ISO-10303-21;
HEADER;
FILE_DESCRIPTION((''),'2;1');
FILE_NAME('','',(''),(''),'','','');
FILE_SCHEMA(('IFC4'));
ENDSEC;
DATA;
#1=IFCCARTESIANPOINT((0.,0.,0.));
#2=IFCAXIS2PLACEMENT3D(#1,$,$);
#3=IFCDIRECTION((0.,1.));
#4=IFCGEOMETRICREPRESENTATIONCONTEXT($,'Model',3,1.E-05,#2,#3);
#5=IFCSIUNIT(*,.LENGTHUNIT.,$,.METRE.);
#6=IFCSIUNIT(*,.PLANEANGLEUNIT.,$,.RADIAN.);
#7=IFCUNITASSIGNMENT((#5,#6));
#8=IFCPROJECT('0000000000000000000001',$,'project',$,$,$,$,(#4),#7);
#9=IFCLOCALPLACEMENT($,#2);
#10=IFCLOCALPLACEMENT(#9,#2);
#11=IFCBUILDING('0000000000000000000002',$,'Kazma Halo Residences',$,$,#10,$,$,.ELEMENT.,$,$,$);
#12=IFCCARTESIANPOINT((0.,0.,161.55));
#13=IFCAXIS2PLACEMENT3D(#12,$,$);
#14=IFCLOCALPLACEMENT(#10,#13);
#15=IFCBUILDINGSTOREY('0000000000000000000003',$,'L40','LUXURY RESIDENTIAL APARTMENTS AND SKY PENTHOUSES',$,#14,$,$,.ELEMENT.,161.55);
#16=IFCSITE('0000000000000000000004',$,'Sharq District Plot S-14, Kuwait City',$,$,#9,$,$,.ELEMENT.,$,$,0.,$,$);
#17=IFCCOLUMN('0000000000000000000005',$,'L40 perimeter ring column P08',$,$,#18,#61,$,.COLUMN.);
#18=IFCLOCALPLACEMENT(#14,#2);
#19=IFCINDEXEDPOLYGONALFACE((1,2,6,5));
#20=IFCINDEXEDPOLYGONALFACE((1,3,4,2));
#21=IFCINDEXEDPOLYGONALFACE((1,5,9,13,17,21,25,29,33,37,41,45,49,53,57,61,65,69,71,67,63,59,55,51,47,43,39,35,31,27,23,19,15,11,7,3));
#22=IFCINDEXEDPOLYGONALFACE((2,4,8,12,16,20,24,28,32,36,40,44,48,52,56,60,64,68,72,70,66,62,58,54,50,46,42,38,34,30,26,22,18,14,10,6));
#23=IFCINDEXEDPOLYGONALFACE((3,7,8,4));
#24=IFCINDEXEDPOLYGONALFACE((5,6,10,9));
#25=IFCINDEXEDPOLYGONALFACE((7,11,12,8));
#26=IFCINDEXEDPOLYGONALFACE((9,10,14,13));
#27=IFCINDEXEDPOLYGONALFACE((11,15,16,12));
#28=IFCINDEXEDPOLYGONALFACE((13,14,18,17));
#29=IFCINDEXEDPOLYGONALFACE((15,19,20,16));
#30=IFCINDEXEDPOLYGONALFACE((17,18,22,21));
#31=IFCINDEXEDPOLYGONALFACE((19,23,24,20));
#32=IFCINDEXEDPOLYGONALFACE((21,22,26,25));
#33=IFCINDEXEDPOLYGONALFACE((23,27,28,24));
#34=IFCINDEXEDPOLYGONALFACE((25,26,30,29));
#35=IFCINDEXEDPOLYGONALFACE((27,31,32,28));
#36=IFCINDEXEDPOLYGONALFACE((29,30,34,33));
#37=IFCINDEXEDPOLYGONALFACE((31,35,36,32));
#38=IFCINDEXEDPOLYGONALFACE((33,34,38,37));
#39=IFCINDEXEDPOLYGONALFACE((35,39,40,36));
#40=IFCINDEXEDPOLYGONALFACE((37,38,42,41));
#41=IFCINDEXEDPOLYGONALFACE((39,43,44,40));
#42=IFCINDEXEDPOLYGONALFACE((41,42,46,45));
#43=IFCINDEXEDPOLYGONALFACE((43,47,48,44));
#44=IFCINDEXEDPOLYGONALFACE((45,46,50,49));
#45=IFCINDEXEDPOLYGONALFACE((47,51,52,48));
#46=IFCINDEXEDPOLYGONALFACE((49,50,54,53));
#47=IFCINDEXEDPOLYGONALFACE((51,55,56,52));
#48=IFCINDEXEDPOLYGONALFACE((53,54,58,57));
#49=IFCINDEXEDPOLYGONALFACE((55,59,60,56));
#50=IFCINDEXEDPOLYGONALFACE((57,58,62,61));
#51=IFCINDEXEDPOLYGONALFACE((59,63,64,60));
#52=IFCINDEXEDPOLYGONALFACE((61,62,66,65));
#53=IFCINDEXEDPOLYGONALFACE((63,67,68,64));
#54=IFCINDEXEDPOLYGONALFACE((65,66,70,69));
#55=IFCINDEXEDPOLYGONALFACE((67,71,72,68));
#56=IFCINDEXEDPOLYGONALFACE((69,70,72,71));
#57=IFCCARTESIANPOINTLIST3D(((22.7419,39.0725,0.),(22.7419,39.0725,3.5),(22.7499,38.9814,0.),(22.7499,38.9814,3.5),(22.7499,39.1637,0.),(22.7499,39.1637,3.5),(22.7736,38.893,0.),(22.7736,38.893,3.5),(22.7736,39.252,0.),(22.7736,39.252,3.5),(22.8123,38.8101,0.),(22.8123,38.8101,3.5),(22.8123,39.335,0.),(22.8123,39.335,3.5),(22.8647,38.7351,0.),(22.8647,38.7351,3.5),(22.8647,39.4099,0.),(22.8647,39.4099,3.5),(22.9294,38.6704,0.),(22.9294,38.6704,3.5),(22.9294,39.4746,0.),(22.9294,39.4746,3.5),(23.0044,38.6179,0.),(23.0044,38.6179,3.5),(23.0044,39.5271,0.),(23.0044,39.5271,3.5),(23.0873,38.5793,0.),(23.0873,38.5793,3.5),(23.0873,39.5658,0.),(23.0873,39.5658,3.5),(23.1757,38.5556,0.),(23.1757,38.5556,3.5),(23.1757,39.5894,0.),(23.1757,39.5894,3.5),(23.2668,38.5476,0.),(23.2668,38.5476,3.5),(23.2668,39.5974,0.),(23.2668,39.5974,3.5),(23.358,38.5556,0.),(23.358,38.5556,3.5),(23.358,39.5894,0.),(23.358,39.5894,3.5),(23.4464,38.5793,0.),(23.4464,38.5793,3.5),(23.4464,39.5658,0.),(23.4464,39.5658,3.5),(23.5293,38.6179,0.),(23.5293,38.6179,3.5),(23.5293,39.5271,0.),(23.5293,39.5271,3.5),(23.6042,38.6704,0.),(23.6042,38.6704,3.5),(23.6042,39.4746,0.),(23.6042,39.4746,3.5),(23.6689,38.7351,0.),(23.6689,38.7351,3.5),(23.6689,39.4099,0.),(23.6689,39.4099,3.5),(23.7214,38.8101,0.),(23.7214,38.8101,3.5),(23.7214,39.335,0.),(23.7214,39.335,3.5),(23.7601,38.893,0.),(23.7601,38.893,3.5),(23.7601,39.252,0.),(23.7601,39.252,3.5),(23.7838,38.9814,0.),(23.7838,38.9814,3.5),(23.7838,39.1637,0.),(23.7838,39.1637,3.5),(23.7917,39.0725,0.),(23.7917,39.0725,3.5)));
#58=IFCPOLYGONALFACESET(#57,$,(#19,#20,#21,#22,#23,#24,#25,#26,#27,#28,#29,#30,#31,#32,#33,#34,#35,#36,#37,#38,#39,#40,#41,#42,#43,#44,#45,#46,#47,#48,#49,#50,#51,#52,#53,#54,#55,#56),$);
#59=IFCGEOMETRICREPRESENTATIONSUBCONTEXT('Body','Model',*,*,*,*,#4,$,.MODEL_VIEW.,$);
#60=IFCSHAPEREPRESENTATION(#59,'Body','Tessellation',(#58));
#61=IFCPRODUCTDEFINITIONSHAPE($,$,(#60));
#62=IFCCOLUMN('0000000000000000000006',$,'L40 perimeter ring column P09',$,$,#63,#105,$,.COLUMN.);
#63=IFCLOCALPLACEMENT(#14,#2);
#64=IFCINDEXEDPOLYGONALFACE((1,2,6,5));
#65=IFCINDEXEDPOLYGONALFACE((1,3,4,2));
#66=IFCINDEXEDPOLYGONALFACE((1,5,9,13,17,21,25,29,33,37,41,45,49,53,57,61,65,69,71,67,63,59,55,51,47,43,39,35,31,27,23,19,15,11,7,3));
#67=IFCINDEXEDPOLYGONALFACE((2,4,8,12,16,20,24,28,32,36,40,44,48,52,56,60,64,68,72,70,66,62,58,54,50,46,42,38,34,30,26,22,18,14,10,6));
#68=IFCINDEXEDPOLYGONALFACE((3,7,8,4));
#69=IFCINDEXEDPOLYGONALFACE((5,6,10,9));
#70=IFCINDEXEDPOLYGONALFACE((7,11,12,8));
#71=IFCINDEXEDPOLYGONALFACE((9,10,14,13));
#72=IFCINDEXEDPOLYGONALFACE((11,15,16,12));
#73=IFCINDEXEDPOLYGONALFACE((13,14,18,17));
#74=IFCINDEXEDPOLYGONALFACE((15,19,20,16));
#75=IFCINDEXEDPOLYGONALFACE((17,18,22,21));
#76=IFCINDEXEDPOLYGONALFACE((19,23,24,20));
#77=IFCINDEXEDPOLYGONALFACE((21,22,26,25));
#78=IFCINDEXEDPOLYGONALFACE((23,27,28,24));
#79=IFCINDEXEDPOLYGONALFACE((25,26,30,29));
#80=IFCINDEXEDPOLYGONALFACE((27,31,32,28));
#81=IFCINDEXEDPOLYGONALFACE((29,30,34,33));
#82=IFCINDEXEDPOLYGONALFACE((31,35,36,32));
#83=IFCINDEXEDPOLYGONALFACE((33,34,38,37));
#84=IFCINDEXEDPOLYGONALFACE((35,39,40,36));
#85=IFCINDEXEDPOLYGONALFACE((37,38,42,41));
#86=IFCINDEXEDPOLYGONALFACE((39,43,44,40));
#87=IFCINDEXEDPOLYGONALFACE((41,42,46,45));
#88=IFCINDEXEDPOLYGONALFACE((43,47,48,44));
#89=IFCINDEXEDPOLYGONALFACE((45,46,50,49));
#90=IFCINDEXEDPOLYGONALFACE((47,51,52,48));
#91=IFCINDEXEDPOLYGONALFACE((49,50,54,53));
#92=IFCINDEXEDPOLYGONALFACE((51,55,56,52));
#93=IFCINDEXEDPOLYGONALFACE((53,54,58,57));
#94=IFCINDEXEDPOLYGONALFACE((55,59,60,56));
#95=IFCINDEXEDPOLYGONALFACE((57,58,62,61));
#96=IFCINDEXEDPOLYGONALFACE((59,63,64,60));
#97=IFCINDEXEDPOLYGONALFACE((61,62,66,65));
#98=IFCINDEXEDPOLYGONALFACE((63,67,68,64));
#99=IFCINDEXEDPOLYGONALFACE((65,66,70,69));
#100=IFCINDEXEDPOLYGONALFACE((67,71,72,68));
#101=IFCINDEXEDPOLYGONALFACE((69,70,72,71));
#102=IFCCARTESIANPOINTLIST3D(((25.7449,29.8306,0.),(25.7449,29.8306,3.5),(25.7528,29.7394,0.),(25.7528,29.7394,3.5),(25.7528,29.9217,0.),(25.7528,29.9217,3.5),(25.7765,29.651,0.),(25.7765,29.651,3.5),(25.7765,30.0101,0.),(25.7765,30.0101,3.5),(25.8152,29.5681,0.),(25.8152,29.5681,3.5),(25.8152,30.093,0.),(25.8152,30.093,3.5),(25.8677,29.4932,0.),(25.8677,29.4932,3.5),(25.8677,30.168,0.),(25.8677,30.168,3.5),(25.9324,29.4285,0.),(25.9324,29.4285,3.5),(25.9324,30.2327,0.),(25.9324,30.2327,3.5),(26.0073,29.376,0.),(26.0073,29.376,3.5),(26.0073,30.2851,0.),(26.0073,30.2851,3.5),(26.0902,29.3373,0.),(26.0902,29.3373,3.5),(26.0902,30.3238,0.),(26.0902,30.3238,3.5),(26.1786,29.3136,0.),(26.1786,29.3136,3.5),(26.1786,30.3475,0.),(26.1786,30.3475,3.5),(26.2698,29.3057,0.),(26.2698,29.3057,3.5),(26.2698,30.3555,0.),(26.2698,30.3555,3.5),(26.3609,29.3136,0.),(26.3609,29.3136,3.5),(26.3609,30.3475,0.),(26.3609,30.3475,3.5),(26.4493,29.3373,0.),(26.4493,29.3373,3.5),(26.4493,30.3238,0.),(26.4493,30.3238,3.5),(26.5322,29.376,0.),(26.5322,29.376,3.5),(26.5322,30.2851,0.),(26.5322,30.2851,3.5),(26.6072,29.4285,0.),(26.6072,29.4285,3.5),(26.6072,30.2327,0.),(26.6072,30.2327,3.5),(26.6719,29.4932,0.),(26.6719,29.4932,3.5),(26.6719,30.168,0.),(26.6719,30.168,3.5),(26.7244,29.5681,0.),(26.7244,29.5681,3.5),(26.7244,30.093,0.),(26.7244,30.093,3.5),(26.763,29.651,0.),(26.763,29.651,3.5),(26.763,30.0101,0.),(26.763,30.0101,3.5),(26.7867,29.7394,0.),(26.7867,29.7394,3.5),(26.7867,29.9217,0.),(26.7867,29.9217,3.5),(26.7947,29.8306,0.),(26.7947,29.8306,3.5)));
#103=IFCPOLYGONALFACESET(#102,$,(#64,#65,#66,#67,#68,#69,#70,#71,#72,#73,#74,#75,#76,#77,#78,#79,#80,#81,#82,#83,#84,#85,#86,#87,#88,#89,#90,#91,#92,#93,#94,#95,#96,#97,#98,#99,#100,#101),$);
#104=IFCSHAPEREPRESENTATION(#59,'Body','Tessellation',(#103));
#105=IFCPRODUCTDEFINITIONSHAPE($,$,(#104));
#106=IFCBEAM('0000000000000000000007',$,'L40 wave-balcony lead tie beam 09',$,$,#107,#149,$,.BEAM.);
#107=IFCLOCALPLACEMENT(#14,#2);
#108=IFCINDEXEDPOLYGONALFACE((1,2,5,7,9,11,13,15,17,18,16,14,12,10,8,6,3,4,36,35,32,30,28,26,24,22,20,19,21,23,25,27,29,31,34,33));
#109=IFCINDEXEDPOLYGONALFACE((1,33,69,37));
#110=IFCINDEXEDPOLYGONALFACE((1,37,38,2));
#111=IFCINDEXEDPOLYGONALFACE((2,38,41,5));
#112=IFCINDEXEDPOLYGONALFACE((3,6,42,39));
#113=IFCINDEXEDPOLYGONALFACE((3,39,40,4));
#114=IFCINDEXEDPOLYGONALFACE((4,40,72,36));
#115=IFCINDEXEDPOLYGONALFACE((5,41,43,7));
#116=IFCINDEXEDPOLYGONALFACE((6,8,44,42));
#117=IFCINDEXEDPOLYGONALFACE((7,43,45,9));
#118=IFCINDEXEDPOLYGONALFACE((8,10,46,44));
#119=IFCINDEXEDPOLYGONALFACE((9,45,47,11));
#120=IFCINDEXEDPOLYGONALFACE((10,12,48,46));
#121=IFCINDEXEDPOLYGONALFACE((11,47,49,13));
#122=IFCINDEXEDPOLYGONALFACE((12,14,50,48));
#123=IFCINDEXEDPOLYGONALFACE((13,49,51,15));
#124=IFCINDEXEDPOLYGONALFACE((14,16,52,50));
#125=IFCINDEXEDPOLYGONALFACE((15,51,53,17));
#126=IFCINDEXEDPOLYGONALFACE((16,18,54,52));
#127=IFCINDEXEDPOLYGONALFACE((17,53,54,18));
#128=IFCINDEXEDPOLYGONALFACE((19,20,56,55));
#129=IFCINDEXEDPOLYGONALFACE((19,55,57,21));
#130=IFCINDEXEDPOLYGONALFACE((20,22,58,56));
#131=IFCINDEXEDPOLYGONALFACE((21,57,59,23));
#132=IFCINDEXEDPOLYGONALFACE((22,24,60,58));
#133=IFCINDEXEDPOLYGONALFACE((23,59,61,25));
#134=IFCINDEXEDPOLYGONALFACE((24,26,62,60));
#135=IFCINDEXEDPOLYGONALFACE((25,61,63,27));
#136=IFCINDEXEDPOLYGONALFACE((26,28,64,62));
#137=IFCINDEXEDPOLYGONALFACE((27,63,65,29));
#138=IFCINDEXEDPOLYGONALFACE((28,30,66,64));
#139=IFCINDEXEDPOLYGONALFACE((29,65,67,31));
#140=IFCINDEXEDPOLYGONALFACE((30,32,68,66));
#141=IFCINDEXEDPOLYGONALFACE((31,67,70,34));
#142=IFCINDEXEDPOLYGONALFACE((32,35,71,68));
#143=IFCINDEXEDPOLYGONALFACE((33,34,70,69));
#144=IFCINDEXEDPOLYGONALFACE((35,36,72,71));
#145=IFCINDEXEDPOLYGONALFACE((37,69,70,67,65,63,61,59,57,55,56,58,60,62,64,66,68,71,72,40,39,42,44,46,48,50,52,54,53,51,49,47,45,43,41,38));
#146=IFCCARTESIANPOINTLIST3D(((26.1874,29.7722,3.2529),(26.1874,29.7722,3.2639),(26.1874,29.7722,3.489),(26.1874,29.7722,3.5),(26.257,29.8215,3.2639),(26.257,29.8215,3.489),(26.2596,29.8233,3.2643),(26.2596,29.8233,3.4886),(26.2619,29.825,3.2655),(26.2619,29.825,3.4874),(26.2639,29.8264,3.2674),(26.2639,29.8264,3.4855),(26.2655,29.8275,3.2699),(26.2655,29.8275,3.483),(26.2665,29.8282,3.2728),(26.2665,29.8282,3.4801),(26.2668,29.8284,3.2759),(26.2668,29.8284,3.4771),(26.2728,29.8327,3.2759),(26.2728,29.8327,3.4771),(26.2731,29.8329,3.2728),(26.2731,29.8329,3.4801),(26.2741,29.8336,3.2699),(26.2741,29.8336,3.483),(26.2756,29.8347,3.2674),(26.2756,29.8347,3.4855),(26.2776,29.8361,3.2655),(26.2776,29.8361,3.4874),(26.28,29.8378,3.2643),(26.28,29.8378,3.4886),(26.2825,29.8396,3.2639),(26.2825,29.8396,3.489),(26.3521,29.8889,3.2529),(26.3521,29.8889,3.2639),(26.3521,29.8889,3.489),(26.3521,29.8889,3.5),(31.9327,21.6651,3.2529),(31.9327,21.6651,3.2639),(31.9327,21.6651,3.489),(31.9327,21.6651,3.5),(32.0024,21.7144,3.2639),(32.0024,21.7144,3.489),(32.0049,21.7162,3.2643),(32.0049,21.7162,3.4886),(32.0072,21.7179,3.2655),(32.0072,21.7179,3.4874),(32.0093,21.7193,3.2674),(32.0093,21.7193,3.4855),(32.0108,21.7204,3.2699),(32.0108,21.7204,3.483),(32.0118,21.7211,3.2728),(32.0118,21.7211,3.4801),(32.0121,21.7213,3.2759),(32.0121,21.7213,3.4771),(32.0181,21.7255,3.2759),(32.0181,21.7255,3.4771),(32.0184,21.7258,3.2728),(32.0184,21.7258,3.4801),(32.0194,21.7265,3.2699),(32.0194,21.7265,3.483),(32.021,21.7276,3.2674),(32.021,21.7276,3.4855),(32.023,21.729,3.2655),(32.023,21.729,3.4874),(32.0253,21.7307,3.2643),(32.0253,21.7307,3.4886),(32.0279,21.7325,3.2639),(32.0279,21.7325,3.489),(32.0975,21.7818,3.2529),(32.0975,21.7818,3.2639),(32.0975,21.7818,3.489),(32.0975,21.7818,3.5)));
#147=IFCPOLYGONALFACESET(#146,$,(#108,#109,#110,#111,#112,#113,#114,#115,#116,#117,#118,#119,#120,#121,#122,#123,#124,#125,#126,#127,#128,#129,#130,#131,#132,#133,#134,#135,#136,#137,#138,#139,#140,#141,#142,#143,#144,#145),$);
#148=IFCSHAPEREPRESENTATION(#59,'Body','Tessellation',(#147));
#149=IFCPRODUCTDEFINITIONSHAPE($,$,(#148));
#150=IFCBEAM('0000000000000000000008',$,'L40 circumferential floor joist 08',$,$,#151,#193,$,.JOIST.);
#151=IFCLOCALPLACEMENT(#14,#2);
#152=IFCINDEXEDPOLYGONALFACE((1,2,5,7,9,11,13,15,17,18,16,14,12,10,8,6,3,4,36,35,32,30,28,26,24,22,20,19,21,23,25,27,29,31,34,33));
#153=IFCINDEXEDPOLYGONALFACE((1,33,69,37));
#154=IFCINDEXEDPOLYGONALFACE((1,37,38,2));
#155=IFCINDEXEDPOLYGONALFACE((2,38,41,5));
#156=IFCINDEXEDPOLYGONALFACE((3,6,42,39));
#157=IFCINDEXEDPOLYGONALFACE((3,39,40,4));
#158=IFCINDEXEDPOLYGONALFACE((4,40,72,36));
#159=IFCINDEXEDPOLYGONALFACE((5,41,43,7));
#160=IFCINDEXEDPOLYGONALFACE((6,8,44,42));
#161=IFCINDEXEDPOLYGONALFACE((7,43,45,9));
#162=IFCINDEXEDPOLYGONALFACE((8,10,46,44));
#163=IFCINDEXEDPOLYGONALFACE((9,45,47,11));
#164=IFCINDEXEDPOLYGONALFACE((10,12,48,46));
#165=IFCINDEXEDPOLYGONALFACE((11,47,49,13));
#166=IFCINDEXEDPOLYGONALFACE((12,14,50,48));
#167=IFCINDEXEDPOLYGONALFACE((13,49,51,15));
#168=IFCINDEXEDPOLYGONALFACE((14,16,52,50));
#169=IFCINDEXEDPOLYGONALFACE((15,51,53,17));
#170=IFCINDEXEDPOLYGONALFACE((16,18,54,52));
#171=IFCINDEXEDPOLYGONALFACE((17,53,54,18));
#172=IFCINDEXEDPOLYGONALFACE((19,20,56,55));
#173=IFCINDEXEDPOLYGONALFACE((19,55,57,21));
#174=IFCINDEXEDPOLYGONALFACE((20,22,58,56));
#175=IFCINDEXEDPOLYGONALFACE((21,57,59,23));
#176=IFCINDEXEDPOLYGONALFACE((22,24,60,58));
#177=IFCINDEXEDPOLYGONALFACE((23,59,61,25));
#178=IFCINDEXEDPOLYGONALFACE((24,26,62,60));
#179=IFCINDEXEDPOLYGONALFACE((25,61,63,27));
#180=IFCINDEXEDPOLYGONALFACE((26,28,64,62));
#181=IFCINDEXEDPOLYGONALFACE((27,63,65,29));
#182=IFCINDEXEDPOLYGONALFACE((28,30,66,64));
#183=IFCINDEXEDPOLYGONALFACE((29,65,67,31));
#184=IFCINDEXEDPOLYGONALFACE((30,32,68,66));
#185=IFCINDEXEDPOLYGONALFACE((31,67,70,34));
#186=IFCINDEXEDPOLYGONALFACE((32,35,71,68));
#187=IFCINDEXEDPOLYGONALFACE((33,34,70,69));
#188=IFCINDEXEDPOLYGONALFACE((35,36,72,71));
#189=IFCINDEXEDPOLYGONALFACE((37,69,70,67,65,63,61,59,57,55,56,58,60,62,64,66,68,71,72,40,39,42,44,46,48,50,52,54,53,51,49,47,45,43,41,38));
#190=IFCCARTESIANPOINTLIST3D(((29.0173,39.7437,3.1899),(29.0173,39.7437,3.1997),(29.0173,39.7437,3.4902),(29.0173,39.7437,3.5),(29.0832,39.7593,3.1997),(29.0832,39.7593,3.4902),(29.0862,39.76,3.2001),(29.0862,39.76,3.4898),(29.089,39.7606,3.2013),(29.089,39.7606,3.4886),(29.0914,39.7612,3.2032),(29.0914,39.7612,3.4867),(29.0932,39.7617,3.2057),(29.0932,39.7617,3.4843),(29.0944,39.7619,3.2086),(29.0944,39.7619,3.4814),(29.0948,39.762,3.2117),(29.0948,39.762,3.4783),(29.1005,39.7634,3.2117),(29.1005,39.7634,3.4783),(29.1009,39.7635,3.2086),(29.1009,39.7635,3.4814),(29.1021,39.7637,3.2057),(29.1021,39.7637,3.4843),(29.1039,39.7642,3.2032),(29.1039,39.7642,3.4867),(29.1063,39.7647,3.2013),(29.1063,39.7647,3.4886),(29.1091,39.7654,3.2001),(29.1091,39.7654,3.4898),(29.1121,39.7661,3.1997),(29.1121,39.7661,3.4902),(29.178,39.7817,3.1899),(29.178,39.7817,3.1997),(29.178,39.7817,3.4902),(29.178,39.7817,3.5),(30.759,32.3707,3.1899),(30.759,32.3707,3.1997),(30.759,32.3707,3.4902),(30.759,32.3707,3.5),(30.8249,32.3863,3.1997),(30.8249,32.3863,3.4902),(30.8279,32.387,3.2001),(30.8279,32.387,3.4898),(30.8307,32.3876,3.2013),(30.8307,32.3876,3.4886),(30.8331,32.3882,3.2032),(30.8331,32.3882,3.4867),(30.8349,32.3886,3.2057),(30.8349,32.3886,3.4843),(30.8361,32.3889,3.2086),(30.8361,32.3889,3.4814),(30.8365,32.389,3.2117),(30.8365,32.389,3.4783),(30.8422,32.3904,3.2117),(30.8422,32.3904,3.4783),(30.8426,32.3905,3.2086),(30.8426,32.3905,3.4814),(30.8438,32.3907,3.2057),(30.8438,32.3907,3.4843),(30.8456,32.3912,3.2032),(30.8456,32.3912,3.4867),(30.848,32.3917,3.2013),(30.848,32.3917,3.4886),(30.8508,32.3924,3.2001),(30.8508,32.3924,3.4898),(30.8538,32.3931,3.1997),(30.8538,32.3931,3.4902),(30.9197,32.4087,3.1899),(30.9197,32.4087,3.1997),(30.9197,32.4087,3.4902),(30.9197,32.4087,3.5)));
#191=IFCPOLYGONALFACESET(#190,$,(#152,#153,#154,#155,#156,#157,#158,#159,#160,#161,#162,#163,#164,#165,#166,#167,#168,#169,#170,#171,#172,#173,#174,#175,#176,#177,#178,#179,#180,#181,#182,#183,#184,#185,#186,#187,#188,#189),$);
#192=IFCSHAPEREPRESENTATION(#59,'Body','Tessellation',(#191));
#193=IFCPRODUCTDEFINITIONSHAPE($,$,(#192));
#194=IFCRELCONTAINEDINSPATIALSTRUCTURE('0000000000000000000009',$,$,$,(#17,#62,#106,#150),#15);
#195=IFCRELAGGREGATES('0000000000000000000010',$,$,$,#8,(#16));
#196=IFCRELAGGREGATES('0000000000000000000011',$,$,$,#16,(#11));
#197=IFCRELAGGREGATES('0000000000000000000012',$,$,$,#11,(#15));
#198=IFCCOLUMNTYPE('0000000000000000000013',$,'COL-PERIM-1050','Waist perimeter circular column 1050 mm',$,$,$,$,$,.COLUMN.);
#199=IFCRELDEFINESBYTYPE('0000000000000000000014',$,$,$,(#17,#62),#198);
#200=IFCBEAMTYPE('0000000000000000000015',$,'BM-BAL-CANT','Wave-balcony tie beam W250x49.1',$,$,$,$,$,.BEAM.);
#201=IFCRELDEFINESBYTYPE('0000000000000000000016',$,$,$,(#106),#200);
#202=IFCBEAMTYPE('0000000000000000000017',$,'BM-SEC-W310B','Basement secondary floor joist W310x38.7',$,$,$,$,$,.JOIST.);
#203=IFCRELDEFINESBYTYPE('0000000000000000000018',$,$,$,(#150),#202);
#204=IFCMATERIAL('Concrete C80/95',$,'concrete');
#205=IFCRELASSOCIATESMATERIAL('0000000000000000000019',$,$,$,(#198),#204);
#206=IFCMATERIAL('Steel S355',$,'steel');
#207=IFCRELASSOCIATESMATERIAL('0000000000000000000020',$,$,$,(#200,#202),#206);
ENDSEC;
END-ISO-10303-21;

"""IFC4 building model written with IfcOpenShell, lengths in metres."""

from ifc_helpers import new_model, si_unit, direction, frame, origin, origin_2d, place, context, subcontext, project, spatial, circle, i_section, extrude, material, material_profile, profile_set, type_object, element, save


model = new_model("IFC4")

# Units and contexts
model_context = context("Model", 3, precision=1e-05, world=origin(), true_north=direction((0.0, 1.0)))
body_context = subcontext(model_context, "Body", "Model", "MODEL_VIEW")
ifc_project = project(units=[si_unit("LENGTHUNIT", "METRE"), si_unit("PLANEANGLEUNIT", "RADIAN")], contexts=[model_context])

# Site, building, storey
site_placement = place(None, origin())
site = spatial("IfcSite", under=ifc_project, at=site_placement, Name="Sharq District Plot S-14, Kuwait City", CompositionType="ELEMENT", RefElevation=0.0)
building_placement = place(site_placement, origin())
building = spatial("IfcBuilding", under=site, at=building_placement, Name="Kazma Halo Residences", CompositionType="ELEMENT")
storey_placement = place(building_placement, frame((0.0, 0.0, 161.55)))
storey = spatial("IfcBuildingStorey", under=building, at=storey_placement, Name="L40", Description="LUXURY RESIDENTIAL APARTMENTS AND SKY PENTHOUSES", CompositionType="ELEMENT", Elevation=161.55)

# Columns
ifc_material_1 = material(Name="Concrete C80/95", Category="concrete")
ifc_material_profile_1 = material_profile(ifc_material_1, circle(Radius=0.5249, at=origin_2d()), Name="CIRC1050")
ifc_profile_set_1 = profile_set([ifc_material_profile_1], Name="Concrete C80/95")
column_type = type_object("IfcColumnType", Name="COL-PERIM-1050", Description="Waist perimeter circular column 1050 mm", PredefinedType="COLUMN", material=ifc_profile_set_1)
for number, where, z_axis, x_axis, name in (
    (1, (23.2668, 39.0725, 0.0), (0.0, 0.0, 1.0), (1.0, 0.0, 0.0), "L40 perimeter ring column P08"),
    (2, (26.2698, 29.8306, 0.0), (0.0, 0.0, 1.0), (1.0, 0.0, 0.0), "L40 perimeter ring column P09"),
):
    element("IfcColumn", number, at=place(storey_placement, frame(where, z_axis=z_axis, x_axis=x_axis)), inside=storey, type_object=column_type, Name=name, PredefinedType="COLUMN", context=body_context, shape_type="SweptSolid", body=[
        extrude(circle(Radius=0.5249, at=origin_2d()), origin(), (0.0, 0.0, 1.0), 3.5),
    ])

# Beams
ifc_material_2 = material(Name="Steel S355", Category="steel")
ifc_material_profile_2 = material_profile(ifc_material_2, i_section(OverallWidth=0.2019, OverallDepth=0.2471, WebThickness=0.0073, FlangeThickness=0.011, FilletRadius=0.012, at=origin_2d()), Name="W250x49.1")
ifc_profile_set_2 = profile_set([ifc_material_profile_2], Name="Steel S355")
beam_type_1 = type_object("IfcBeamType", Name="BM-BAL-CANT", Description="Wave-balcony tie beam W250x49.1", PredefinedType="BEAM", material=ifc_profile_set_2)
beam_1_placement = place(storey_placement, frame((26.2698, 29.8306, 3.3765), z_axis=(0.578203, -0.815893, 0.0), x_axis=(0.815893, 0.578203, 0.0)))
element("IfcBeam", 3, at=beam_1_placement, inside=storey, type_object=beam_type_1, Name="L40 wave-balcony lead tie beam 09", PredefinedType="BEAM", context=body_context, shape_type="SweptSolid", body=[
    extrude(i_section(OverallWidth=0.2019, OverallDepth=0.2471, WebThickness=0.0073, FlangeThickness=0.011, FilletRadius=0.012, at=origin_2d()), origin(), (0.0, 0.0, 1.0), 9.9365),
])
ifc_material_profile_3 = material_profile(ifc_material_2, i_section(OverallWidth=0.165, OverallDepth=0.3101, WebThickness=0.0059, FlangeThickness=0.0098, FilletRadius=0.012, at=origin_2d()), Name="W310x38.7")
ifc_profile_set_3 = profile_set([ifc_material_profile_3], Name="Steel S355")
beam_type_2 = type_object("IfcBeamType", Name="BM-SEC-W310B", Description="Basement secondary floor joist W310x38.7", PredefinedType="JOIST", material=ifc_profile_set_3)
beam_2_placement = place(storey_placement, frame((29.0977, 39.7627, 3.345), z_axis=(0.229898, -0.973215, 0.0), x_axis=(0.973215, 0.229898, 0.0)))
element("IfcBeam", 4, at=beam_2_placement, inside=storey, type_object=beam_type_2, Name="L40 circumferential floor joist 08", PredefinedType="JOIST", context=body_context, shape_type="SweptSolid", body=[
    extrude(i_section(OverallWidth=0.165, OverallDepth=0.3101, WebThickness=0.0059, FlangeThickness=0.0098, FilletRadius=0.012, at=origin_2d()), origin(), (0.0, 0.0, 1.0), 7.5759),
])

save(model, "model.ifc")
